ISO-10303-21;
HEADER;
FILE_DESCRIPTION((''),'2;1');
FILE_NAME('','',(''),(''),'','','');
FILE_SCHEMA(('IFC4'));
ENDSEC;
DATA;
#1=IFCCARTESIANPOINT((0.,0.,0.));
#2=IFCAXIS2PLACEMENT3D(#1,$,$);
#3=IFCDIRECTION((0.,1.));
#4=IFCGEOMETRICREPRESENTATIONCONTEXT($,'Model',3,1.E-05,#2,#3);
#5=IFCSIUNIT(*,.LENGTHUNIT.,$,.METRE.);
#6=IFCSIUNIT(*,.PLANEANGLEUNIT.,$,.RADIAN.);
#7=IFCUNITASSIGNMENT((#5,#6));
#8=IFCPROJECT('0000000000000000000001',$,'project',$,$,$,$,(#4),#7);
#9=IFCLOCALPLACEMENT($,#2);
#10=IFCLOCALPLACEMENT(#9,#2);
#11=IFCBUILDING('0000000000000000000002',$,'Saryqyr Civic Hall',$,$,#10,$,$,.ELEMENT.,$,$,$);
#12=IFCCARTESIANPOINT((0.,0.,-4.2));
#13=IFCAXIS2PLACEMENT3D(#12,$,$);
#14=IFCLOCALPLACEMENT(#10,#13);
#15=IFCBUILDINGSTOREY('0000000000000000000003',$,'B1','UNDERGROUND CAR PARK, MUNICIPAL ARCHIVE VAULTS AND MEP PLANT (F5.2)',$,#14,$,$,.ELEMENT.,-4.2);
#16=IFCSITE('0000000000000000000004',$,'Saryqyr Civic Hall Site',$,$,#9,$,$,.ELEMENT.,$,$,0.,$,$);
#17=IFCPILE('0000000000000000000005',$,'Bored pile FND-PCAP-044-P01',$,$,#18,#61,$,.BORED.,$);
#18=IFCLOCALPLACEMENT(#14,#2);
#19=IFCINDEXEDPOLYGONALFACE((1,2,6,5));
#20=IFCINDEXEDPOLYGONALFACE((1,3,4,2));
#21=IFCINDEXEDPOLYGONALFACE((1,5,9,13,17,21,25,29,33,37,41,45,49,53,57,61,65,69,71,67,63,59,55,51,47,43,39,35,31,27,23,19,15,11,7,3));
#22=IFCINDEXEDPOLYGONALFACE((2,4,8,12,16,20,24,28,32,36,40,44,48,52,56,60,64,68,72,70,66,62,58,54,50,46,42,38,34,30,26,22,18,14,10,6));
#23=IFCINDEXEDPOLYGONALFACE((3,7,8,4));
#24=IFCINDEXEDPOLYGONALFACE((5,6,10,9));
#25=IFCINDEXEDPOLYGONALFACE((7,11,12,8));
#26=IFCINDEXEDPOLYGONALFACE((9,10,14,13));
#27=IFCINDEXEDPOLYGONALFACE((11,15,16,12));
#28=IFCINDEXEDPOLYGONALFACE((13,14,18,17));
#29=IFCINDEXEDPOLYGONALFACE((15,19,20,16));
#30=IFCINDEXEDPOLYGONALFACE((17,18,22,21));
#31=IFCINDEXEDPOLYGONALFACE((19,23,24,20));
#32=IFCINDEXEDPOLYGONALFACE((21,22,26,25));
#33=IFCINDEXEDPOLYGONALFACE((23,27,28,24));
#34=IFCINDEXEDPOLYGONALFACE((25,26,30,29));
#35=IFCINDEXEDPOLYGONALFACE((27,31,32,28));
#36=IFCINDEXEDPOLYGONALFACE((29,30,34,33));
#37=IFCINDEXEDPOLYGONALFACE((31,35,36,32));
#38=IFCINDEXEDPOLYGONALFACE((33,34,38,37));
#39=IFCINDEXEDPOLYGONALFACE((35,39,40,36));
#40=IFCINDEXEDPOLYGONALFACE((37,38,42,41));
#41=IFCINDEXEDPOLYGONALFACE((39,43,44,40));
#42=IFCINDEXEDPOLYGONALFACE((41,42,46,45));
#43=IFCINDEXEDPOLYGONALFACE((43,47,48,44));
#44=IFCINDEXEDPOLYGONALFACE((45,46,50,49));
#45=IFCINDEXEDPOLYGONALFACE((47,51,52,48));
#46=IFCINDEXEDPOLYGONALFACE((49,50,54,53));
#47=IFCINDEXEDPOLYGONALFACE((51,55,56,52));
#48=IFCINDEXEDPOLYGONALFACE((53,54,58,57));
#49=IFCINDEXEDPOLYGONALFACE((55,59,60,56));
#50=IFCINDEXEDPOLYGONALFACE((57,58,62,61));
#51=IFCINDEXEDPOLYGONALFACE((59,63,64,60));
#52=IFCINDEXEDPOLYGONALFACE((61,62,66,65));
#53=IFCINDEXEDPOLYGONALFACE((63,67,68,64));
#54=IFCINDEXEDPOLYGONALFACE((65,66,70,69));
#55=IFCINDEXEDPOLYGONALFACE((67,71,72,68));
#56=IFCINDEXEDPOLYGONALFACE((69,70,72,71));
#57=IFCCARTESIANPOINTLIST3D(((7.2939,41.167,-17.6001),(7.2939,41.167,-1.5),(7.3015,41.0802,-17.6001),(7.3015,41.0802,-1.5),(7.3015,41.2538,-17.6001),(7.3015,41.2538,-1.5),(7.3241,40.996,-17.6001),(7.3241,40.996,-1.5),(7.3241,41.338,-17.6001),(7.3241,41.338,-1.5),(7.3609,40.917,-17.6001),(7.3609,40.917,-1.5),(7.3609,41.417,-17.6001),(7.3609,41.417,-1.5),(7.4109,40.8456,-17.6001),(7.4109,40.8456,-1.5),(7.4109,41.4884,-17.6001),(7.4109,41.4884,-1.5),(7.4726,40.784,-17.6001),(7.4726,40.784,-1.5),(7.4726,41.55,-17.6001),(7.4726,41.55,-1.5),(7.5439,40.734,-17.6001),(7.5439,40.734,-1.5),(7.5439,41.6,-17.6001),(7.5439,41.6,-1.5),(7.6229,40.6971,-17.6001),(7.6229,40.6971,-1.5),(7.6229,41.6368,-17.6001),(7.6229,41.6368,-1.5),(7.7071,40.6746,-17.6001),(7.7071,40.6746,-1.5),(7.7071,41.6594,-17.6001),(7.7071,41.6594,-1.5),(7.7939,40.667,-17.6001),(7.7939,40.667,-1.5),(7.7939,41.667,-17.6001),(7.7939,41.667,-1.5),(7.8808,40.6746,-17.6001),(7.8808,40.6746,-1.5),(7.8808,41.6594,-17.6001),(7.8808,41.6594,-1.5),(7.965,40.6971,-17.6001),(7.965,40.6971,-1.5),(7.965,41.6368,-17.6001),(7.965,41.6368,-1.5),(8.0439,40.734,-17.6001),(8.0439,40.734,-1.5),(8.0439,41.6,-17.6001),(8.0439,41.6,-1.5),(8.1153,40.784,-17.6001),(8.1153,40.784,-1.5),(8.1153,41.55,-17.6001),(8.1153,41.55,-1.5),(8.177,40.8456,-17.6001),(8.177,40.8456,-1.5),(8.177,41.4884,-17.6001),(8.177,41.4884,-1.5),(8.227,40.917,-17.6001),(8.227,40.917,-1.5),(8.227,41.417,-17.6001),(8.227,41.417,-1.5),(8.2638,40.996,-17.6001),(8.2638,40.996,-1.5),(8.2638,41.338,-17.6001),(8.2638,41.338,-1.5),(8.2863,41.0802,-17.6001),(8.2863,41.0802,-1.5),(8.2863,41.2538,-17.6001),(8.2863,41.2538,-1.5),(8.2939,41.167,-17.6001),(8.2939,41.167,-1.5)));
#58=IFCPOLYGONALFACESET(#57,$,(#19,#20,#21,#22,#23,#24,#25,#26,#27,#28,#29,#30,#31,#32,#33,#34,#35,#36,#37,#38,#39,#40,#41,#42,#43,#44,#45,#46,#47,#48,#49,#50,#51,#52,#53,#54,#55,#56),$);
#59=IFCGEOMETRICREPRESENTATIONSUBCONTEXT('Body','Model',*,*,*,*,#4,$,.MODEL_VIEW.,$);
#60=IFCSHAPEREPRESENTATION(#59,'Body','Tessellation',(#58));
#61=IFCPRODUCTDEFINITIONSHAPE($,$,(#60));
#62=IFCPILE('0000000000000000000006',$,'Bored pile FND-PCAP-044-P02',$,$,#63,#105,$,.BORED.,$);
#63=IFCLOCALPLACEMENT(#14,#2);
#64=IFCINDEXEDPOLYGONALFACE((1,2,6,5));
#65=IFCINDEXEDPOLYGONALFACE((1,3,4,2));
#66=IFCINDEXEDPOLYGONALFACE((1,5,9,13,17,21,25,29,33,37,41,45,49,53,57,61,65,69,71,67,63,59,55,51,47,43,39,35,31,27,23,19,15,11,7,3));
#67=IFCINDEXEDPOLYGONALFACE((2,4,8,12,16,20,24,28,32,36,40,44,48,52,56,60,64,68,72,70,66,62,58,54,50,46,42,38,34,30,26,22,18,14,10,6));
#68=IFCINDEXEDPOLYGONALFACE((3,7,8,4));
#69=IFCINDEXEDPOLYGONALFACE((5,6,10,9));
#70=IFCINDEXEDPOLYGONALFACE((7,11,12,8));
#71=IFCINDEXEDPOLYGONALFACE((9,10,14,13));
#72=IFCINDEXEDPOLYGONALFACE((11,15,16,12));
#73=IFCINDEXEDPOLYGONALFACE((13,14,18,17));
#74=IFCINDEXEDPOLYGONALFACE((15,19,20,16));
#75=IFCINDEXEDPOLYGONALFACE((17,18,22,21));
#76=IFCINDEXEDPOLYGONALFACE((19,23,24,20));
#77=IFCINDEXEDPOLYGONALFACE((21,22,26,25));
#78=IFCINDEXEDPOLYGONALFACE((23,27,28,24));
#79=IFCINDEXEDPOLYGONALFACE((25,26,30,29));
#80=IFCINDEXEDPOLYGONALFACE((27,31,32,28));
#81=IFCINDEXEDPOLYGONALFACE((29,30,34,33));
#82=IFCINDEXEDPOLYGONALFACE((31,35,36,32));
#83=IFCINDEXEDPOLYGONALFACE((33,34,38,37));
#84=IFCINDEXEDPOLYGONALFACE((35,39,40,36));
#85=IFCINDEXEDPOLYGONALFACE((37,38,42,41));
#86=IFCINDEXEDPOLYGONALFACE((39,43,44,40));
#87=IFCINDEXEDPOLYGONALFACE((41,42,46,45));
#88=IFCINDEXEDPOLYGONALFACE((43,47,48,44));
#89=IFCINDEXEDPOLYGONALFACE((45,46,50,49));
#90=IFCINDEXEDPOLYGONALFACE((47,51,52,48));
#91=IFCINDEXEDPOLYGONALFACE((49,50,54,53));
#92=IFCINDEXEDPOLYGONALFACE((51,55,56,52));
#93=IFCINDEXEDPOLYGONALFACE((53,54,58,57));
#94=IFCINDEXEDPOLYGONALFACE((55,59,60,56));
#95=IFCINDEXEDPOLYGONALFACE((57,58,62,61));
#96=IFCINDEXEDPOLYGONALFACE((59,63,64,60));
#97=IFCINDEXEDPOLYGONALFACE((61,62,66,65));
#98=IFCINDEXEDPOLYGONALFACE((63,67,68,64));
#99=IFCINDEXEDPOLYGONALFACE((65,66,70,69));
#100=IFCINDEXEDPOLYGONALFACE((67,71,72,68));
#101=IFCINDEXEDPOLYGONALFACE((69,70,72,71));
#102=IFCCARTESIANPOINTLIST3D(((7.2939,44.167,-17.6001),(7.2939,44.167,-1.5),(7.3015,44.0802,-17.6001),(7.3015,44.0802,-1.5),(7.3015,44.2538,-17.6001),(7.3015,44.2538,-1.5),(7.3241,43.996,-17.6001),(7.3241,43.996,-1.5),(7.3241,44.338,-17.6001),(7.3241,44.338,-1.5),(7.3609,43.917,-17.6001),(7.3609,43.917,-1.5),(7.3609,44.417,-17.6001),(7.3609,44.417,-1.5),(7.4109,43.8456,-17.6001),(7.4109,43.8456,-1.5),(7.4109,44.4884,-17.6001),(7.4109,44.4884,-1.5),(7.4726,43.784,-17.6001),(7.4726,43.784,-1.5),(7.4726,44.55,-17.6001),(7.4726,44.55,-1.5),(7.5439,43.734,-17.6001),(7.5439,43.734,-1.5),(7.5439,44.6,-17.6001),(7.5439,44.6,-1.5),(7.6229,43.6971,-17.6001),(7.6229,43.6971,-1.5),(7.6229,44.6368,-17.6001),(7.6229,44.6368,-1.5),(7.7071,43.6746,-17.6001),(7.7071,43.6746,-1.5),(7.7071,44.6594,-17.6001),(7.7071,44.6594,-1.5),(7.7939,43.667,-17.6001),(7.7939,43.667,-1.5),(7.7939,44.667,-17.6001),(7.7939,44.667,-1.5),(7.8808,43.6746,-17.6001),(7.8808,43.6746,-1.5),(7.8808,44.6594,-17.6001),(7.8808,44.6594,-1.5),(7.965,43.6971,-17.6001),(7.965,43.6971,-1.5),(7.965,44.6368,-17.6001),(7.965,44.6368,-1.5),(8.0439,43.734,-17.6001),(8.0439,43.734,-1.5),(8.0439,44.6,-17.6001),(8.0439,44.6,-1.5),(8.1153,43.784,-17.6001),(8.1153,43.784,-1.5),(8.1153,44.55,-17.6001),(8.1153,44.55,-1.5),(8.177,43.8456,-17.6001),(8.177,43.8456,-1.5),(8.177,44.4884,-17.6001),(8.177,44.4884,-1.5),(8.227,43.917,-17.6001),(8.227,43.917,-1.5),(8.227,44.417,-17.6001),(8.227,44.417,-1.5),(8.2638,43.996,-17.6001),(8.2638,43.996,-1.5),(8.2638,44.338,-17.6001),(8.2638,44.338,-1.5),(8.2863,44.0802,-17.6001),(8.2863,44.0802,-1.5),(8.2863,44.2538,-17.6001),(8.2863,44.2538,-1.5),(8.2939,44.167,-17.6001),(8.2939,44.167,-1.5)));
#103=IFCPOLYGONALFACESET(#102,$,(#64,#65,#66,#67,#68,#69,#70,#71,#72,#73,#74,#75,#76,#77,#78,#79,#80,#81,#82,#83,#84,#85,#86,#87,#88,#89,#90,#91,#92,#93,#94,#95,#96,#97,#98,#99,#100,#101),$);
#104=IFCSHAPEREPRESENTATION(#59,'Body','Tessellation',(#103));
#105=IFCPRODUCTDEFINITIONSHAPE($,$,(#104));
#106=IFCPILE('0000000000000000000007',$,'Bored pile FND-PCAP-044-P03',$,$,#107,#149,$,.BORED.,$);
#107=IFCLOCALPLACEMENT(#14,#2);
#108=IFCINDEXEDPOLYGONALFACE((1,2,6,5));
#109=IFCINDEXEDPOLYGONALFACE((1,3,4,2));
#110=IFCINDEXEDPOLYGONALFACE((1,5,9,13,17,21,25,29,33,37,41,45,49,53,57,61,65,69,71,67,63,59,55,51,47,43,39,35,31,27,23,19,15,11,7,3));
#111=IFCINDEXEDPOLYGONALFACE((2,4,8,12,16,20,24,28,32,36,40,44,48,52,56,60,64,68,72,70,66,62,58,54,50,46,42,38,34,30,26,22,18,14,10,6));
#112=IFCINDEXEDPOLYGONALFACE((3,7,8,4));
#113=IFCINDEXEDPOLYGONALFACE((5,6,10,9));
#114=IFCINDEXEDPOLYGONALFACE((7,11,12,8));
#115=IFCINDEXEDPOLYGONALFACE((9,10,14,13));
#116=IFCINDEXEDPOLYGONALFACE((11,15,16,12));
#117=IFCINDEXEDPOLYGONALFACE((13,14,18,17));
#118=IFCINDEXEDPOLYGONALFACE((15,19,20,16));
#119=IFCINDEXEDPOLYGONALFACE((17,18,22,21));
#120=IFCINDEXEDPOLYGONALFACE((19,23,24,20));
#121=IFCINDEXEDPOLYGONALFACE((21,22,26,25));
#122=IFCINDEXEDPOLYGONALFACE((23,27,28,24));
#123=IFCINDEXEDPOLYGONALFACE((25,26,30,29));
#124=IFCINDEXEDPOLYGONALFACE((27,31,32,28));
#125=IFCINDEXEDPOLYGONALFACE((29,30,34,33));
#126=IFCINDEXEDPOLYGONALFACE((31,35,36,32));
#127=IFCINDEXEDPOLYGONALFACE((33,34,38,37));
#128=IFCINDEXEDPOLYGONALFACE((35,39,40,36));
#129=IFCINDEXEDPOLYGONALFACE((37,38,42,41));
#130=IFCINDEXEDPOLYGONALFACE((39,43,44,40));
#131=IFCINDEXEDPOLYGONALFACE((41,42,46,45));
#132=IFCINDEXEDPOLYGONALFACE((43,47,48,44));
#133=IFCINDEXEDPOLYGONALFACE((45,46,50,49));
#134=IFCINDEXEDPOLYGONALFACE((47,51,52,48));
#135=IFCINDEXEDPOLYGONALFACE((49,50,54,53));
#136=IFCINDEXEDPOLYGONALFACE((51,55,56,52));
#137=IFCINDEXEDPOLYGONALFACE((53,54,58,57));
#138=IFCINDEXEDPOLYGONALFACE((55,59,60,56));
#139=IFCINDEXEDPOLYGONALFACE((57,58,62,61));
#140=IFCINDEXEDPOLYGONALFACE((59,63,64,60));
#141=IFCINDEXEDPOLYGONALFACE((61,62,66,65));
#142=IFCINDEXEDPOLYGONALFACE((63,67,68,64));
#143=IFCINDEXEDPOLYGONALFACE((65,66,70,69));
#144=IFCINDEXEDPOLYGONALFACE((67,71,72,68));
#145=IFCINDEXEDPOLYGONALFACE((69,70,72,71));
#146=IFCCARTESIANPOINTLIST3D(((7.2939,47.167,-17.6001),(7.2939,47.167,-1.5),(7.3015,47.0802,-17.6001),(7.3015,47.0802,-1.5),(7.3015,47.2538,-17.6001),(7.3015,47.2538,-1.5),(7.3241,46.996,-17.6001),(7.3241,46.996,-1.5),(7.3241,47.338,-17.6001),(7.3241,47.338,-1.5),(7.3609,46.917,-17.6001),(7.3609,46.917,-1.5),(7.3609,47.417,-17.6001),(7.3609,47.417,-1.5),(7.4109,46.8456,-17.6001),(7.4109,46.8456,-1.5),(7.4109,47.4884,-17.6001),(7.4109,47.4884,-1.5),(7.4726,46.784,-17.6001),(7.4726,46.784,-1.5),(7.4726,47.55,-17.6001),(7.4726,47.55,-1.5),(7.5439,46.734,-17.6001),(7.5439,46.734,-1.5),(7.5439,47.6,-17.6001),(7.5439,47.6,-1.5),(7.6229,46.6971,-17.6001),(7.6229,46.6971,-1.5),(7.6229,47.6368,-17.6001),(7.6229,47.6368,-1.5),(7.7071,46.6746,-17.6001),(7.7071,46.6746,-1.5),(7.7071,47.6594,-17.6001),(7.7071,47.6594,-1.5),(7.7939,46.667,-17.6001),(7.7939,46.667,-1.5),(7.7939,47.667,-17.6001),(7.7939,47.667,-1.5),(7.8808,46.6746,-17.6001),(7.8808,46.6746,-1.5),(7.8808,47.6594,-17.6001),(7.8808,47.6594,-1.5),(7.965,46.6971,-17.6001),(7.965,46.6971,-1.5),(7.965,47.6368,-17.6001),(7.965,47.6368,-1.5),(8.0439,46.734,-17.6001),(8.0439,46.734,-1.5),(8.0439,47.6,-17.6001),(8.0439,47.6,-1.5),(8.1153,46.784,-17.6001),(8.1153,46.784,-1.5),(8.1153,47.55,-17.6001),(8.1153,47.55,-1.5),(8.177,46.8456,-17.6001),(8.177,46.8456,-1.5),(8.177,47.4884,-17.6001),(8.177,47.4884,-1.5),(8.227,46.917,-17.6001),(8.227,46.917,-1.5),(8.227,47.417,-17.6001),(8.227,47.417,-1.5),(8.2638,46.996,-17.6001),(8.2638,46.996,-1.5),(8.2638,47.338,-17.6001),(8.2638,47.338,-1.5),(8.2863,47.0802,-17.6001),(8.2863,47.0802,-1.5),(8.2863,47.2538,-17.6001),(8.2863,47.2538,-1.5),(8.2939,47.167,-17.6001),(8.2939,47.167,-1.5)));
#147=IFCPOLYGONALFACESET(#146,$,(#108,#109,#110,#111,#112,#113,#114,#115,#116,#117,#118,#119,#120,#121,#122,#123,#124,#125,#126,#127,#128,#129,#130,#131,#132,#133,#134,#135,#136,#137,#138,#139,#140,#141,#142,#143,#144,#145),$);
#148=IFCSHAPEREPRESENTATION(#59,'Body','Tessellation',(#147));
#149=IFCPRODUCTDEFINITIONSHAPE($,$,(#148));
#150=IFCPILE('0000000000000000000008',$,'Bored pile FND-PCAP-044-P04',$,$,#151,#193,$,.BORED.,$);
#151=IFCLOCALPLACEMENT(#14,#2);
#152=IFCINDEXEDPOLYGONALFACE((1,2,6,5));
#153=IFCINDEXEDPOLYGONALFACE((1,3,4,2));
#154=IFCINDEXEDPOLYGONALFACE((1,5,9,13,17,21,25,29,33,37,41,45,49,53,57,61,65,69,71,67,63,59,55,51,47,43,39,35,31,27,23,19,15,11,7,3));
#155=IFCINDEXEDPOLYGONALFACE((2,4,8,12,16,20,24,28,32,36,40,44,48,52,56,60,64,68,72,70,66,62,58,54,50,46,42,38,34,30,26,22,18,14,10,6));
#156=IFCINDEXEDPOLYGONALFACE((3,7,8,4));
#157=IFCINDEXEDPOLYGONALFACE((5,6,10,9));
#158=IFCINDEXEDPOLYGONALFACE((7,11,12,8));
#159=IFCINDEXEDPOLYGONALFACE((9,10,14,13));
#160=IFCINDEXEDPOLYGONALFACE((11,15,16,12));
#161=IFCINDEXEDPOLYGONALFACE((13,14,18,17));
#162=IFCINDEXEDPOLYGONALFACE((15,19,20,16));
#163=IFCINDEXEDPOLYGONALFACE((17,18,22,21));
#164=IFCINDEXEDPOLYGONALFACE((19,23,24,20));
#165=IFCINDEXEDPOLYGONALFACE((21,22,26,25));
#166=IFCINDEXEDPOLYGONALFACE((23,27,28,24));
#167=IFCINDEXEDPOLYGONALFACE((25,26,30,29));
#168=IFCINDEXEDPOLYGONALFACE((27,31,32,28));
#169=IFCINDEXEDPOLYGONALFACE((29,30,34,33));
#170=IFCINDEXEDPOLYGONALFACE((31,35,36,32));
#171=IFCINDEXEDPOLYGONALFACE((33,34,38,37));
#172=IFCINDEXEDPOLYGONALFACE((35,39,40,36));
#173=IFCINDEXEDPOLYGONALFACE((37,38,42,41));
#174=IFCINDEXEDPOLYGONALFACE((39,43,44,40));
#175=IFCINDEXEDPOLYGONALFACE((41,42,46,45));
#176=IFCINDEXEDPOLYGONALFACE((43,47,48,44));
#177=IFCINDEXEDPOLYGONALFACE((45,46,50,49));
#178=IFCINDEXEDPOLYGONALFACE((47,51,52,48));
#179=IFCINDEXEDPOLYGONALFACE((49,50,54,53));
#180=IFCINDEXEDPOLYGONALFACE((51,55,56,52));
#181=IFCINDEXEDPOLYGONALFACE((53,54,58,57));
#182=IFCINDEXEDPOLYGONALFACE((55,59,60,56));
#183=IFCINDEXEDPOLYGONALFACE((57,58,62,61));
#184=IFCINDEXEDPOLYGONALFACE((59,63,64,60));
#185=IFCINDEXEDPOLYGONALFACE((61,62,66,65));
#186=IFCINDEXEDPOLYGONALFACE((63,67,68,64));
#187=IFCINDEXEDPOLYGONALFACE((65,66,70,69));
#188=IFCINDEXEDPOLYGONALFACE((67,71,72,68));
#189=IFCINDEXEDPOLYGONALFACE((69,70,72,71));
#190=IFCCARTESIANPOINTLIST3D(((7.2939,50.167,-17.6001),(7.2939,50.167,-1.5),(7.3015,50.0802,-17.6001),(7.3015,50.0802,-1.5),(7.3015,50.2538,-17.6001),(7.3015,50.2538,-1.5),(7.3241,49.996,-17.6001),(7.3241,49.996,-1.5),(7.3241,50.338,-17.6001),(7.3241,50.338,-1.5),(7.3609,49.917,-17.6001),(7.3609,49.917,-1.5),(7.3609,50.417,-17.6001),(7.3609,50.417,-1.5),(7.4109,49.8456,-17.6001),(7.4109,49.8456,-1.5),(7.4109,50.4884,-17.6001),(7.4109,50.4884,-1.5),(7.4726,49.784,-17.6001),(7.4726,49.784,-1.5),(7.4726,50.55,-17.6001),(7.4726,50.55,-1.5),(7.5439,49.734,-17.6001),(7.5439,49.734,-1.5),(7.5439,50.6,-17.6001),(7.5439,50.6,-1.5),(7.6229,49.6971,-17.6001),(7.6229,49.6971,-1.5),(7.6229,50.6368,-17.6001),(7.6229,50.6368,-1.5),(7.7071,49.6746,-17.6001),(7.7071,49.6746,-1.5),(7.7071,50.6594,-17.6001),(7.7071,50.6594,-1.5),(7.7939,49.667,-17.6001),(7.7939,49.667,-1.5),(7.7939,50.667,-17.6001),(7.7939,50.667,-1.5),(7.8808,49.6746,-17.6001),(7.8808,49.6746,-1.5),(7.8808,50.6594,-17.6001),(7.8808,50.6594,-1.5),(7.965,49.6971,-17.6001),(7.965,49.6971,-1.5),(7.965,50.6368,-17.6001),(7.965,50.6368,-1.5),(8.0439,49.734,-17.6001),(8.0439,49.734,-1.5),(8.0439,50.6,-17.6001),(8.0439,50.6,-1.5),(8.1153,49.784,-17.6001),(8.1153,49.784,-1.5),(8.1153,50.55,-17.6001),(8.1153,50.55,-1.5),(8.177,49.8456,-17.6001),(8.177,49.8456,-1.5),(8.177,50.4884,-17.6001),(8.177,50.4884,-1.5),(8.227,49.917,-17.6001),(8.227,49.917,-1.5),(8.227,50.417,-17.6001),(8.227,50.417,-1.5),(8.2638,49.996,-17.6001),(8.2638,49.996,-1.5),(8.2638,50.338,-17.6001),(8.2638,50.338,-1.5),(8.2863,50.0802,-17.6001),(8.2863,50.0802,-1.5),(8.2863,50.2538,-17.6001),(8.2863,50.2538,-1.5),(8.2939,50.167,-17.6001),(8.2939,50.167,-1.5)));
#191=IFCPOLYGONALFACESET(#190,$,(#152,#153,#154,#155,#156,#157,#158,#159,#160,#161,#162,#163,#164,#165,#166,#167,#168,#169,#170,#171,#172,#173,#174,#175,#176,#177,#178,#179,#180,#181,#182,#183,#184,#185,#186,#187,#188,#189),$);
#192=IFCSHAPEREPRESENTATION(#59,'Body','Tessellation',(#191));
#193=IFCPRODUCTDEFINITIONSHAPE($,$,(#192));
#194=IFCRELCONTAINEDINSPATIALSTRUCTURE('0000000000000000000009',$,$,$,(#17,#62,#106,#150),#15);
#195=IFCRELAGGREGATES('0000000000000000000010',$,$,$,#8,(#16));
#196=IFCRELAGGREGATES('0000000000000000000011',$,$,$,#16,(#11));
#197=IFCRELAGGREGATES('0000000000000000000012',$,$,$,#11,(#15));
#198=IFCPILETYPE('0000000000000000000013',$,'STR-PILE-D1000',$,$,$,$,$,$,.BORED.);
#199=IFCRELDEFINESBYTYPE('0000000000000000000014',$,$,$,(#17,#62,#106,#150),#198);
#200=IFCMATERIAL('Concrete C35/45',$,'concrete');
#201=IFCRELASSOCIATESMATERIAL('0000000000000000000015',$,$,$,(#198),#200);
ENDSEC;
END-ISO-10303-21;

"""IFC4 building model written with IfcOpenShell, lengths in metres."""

from ifc_helpers import new_model, si_unit, direction, frame, origin, origin_2d, place, context, subcontext, project, spatial, circle, extrude, material, material_profile, profile_set, type_object, element, save


model = new_model("IFC4")

# Units and contexts
model_context = context("Model", 3, precision=1e-05, world=origin(), true_north=direction((0.0, 1.0)))
body_context = subcontext(model_context, "Body", "Model", "MODEL_VIEW")
ifc_project = project(units=[si_unit("LENGTHUNIT", "METRE"), si_unit("PLANEANGLEUNIT", "RADIAN")], contexts=[model_context])

# Site, building, storey
site_placement = place(None, origin())
site = spatial("IfcSite", under=ifc_project, at=site_placement, Name="Saryqyr Civic Hall Site", CompositionType="ELEMENT", RefElevation=0.0)
building_placement = place(site_placement, origin())
building = spatial("IfcBuilding", under=site, at=building_placement, Name="Saryqyr Civic Hall", CompositionType="ELEMENT")
storey_placement = place(building_placement, frame((0.0, 0.0, -4.2)))
storey = spatial("IfcBuildingStorey", under=building, at=storey_placement, Name="B1", Description="UNDERGROUND CAR PARK, MUNICIPAL ARCHIVE VAULTS AND MEP PLANT (F5.2)", CompositionType="ELEMENT", Elevation=-4.2)

# Piles
ifc_material_1 = material(Name="Concrete C35/45", Category="concrete")
ifc_material_profile = material_profile(ifc_material_1, circle(Radius=0.5, at=origin_2d()), Name="BORED PILE D1000")
ifc_profile_set = profile_set([ifc_material_profile], Name="Concrete C35/45")
pile_type = type_object("IfcPileType", Name="STR-PILE-D1000", PredefinedType="BORED", material=ifc_profile_set)
for number, where, z_axis, x_axis, name in (
    (1, (7.7939, 41.167, -1.5), (0.0, 0.0, -1.0), (1.0, 0.0, 0.0), "Bored pile FND-PCAP-044-P01"),
    (2, (7.7939, 44.167, -1.5), (0.0, 0.0, -1.0), (1.0, 0.0, 0.0), "Bored pile FND-PCAP-044-P02"),
    (3, (7.7939, 47.167, -1.5), (0.0, 0.0, -1.0), (1.0, 0.0, 0.0), "Bored pile FND-PCAP-044-P03"),
    (4, (7.7939, 50.167, -1.5), (0.0, 0.0, -1.0), (1.0, 0.0, 0.0), "Bored pile FND-PCAP-044-P04"),
):
    element("IfcPile", number, at=place(storey_placement, frame(where, z_axis=z_axis, x_axis=x_axis)), inside=storey, type_object=pile_type, Name=name, PredefinedType="BORED", context=body_context, shape_type="SweptSolid", body=[
        extrude(circle(Radius=0.5, at=origin_2d()), origin(), (0.0, 0.0, 1.0), 16.1001),
    ])

save(model, "model.ifc")
